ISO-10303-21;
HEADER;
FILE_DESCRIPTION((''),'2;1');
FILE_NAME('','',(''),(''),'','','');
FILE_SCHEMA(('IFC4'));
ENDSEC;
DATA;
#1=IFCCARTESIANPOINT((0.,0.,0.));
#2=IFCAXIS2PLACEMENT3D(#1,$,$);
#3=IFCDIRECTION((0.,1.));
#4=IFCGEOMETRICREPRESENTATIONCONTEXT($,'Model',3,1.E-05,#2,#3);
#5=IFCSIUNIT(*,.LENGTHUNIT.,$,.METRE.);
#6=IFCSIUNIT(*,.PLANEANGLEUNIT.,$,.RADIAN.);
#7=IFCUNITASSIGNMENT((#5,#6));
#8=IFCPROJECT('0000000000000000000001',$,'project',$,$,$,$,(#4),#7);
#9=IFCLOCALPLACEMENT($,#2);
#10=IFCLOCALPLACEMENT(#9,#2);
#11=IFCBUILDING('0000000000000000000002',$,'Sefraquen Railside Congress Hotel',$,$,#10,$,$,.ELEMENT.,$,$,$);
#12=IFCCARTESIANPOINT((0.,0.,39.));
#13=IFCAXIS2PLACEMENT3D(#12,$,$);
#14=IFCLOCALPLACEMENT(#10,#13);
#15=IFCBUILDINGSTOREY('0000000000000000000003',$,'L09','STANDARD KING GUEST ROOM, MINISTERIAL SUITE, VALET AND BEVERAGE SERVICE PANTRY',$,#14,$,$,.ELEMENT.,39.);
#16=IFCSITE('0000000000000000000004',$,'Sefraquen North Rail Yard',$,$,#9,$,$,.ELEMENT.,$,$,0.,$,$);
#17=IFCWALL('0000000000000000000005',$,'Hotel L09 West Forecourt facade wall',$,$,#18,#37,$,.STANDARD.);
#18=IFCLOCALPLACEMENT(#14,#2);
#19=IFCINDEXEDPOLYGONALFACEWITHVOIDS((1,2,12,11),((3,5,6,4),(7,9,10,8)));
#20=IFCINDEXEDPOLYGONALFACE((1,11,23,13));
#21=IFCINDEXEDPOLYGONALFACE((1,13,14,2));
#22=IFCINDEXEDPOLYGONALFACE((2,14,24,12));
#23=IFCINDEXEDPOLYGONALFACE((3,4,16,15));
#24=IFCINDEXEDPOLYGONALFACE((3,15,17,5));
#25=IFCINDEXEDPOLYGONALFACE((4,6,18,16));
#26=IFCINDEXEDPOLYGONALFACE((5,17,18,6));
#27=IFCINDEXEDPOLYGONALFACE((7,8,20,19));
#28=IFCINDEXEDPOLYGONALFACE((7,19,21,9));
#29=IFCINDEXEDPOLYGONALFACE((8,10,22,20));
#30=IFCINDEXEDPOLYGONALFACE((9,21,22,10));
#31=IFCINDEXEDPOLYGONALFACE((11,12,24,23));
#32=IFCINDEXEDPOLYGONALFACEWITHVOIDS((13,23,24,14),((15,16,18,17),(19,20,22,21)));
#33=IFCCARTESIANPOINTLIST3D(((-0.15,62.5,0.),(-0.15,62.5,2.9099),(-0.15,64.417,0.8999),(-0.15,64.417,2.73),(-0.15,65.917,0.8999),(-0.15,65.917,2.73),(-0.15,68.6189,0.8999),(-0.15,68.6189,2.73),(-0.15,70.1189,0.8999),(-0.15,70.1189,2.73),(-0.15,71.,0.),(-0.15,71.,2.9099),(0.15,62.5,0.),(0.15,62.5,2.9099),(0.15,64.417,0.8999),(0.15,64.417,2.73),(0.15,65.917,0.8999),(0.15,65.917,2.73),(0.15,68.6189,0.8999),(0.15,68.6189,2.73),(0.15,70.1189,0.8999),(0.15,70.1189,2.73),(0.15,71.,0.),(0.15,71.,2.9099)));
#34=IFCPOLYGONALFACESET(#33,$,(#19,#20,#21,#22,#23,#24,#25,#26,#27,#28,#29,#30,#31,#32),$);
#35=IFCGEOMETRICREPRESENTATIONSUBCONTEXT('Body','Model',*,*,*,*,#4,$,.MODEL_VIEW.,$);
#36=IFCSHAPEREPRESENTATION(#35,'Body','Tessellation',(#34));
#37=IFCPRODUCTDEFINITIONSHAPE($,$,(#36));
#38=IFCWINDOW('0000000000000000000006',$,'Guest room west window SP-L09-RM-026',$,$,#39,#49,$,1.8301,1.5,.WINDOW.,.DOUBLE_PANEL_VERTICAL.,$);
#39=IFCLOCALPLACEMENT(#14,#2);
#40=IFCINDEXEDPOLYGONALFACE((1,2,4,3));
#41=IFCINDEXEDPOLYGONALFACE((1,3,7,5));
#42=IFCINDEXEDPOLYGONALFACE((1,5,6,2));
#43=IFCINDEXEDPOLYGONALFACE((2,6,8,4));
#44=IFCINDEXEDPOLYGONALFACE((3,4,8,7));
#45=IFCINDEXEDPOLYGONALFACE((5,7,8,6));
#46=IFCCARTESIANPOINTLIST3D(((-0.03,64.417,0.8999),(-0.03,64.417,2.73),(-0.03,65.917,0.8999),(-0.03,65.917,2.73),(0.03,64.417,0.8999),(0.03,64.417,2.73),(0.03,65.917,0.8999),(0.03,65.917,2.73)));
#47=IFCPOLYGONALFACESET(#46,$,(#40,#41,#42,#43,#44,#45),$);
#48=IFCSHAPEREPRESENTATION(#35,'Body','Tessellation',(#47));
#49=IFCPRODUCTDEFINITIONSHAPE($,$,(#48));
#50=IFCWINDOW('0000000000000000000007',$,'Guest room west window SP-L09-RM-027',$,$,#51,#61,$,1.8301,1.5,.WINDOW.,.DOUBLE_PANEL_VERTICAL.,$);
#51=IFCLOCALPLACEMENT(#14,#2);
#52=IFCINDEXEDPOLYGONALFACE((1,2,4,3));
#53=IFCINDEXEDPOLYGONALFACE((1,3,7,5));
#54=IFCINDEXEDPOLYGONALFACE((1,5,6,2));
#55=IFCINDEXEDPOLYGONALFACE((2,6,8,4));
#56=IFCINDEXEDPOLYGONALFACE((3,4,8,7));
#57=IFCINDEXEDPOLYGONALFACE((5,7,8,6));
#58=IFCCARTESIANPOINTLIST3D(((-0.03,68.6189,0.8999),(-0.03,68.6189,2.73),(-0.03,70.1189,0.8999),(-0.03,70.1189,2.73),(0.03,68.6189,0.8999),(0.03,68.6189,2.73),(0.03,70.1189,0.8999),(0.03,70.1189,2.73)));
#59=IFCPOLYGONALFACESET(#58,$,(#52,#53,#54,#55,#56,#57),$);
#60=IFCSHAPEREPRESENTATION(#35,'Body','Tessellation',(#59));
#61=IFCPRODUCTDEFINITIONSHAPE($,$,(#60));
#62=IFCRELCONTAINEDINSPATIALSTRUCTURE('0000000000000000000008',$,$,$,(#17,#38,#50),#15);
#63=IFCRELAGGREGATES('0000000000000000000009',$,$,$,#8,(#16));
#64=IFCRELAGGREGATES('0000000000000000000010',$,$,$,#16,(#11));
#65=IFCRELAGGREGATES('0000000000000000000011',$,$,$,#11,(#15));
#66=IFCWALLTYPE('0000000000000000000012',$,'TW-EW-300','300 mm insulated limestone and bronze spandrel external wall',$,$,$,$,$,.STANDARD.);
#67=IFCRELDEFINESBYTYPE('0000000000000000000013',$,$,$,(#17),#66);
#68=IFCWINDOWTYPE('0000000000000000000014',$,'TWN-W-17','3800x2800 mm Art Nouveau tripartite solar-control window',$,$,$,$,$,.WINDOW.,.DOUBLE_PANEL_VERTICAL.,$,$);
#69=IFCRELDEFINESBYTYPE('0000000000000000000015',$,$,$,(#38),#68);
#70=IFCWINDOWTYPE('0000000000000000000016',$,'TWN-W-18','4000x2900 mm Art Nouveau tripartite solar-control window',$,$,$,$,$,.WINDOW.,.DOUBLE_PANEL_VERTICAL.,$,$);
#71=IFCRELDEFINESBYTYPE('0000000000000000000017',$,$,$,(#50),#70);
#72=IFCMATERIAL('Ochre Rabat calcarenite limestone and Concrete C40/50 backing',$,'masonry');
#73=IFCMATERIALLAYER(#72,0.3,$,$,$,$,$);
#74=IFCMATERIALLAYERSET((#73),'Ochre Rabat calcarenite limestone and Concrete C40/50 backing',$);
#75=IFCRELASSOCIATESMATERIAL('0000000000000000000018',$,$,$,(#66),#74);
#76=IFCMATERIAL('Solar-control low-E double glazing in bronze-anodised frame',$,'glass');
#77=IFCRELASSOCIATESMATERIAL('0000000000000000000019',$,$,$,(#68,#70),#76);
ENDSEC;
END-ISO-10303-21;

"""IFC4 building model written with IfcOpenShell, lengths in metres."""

from ifc_helpers import new_model, si_unit, direction, frame, frame_2d, origin, place, context, subcontext, project, spatial, rectangle, extrude, material, layer, layer_set, type_object, element, fill, save


model = new_model("IFC4")

# Units and contexts
model_context = context("Model", 3, precision=1e-05, world=origin(), true_north=direction((0.0, 1.0)))
body_context = subcontext(model_context, "Body", "Model", "MODEL_VIEW")
ifc_project = project(units=[si_unit("LENGTHUNIT", "METRE"), si_unit("PLANEANGLEUNIT", "RADIAN")], contexts=[model_context])

# Site, building, storey
site_placement = place(None, origin())
site = spatial("IfcSite", under=ifc_project, at=site_placement, Name="Sefraquen North Rail Yard", CompositionType="ELEMENT", RefElevation=0.0)
building_placement = place(site_placement, origin())
building = spatial("IfcBuilding", under=site, at=building_placement, Name="Sefraquen Railside Congress Hotel", CompositionType="ELEMENT")
storey_placement = place(building_placement, frame((0.0, 0.0, 39.0)))
storey = spatial("IfcBuildingStorey", under=building, at=storey_placement, Name="L09", Description="STANDARD KING GUEST ROOM, MINISTERIAL SUITE, VALET AND BEVERAGE SERVICE PANTRY", CompositionType="ELEMENT", Elevation=39.0)

# Shared definitions
ifc_material_1 = material(Name="Ochre Rabat calcarenite limestone and Concrete C40/50 backing", Category="masonry")

# Wall, openings, windows
ifc_layer_1 = layer(ifc_material_1, 0.3)
ifc_layer_set_1 = layer_set([ifc_layer_1], Name="Ochre Rabat calcarenite limestone and Concrete C40/50 backing")
wall_type_1 = type_object("IfcWallType", Name="TW-EW-300", Description="300 mm insulated limestone and bronze spandrel external wall", PredefinedType="STANDARD", material=ifc_layer_set_1)
wall_1_placement = place(storey_placement, frame((0.0, 62.5, 0.0), z_axis=(0.0, 0.0, 1.0), x_axis=(0.0, 1.0, 0.0)))
wall_1 = element("IfcWall", 1, at=wall_1_placement, inside=storey, type_object=wall_type_1, Name="Hotel L09 West Forecourt facade wall", PredefinedType="STANDARD", context=body_context, shape_type="SweptSolid", body=[
    extrude(rectangle(XDim=8.5, YDim=0.3, at=frame_2d((4.25, 0.0))), origin(), (0.0, 0.0, 1.0), 2.9099),
])
opening_1_placement = place(wall_1_placement, frame((1.917, 0.0, 0.8999)))
opening_1 = element("IfcOpeningElement", 2, at=opening_1_placement, cuts=wall_1, PredefinedType="OPENING", context=body_context, shape_type="SweptSolid", body=[
    extrude(rectangle(XDim=1.5, YDim=1.8301, at=frame_2d((0.75, 0.915))), frame((0.0, 0.1599, 0.0), z_axis=(0.0, -1.0, 0.0), x_axis=(1.0, 0.0, 0.0)), (0.0, 0.0, 1.0), 0.3201),
])
opening_2_placement = place(wall_1_placement, frame((6.1189, 0.0, 0.8999)))
opening_2 = element("IfcOpeningElement", 3, at=opening_2_placement, cuts=wall_1, PredefinedType="OPENING", context=body_context, shape_type="SweptSolid", body=[
    extrude(rectangle(XDim=1.5, YDim=1.8301, at=frame_2d((0.75, 0.915))), frame((0.0, 0.1599, 0.0), z_axis=(0.0, -1.0, 0.0), x_axis=(1.0, 0.0, 0.0)), (0.0, 0.0, 1.0), 0.3201),
])
ifc_material_2 = material(Name="Solar-control low-E double glazing in bronze-anodised frame", Category="glass")
window_type_1 = type_object("IfcWindowType", Name="TWN-W-17", Description="3800x2800 mm Art Nouveau tripartite solar-control window", PartitioningType="DOUBLE_PANEL_VERTICAL", PredefinedType="WINDOW", material=ifc_material_2)
window_1_placement = place(opening_1_placement, origin())
window_1 = element("IfcWindow", 4, at=window_1_placement, inside=storey, type_object=window_type_1, Name="Guest room west window SP-L09-RM-026", OverallHeight=1.8301, OverallWidth=1.5, PartitioningType="DOUBLE_PANEL_VERTICAL", PredefinedType="WINDOW", context=body_context, shape_type="SweptSolid", body=[
    extrude(rectangle(XDim=1.5, YDim=1.8301, at=frame_2d((0.75, 0.915))), frame((0.0, 0.03, 0.0), z_axis=(0.0, -1.0, 0.0), x_axis=(1.0, 0.0, 0.0)), (0.0, 0.0, 1.0), 0.0601),
])
fill(opening_1, window_1)
window_type_2 = type_object("IfcWindowType", Name="TWN-W-18", Description="4000x2900 mm Art Nouveau tripartite solar-control window", PartitioningType="DOUBLE_PANEL_VERTICAL", PredefinedType="WINDOW", material=ifc_material_2)
window_2_placement = place(opening_2_placement, origin())
window_2 = element("IfcWindow", 5, at=window_2_placement, inside=storey, type_object=window_type_2, Name="Guest room west window SP-L09-RM-027", OverallHeight=1.8301, OverallWidth=1.5, PartitioningType="DOUBLE_PANEL_VERTICAL", PredefinedType="WINDOW", context=body_context, shape_type="SweptSolid", body=[
    extrude(rectangle(XDim=1.5, YDim=1.8301, at=frame_2d((0.75, 0.915))), frame((0.0, 0.03, 0.0), z_axis=(0.0, -1.0, 0.0), x_axis=(1.0, 0.0, 0.0)), (0.0, 0.0, 1.0), 0.0601),
])
fill(opening_2, window_2)

save(model, "model.ifc")
